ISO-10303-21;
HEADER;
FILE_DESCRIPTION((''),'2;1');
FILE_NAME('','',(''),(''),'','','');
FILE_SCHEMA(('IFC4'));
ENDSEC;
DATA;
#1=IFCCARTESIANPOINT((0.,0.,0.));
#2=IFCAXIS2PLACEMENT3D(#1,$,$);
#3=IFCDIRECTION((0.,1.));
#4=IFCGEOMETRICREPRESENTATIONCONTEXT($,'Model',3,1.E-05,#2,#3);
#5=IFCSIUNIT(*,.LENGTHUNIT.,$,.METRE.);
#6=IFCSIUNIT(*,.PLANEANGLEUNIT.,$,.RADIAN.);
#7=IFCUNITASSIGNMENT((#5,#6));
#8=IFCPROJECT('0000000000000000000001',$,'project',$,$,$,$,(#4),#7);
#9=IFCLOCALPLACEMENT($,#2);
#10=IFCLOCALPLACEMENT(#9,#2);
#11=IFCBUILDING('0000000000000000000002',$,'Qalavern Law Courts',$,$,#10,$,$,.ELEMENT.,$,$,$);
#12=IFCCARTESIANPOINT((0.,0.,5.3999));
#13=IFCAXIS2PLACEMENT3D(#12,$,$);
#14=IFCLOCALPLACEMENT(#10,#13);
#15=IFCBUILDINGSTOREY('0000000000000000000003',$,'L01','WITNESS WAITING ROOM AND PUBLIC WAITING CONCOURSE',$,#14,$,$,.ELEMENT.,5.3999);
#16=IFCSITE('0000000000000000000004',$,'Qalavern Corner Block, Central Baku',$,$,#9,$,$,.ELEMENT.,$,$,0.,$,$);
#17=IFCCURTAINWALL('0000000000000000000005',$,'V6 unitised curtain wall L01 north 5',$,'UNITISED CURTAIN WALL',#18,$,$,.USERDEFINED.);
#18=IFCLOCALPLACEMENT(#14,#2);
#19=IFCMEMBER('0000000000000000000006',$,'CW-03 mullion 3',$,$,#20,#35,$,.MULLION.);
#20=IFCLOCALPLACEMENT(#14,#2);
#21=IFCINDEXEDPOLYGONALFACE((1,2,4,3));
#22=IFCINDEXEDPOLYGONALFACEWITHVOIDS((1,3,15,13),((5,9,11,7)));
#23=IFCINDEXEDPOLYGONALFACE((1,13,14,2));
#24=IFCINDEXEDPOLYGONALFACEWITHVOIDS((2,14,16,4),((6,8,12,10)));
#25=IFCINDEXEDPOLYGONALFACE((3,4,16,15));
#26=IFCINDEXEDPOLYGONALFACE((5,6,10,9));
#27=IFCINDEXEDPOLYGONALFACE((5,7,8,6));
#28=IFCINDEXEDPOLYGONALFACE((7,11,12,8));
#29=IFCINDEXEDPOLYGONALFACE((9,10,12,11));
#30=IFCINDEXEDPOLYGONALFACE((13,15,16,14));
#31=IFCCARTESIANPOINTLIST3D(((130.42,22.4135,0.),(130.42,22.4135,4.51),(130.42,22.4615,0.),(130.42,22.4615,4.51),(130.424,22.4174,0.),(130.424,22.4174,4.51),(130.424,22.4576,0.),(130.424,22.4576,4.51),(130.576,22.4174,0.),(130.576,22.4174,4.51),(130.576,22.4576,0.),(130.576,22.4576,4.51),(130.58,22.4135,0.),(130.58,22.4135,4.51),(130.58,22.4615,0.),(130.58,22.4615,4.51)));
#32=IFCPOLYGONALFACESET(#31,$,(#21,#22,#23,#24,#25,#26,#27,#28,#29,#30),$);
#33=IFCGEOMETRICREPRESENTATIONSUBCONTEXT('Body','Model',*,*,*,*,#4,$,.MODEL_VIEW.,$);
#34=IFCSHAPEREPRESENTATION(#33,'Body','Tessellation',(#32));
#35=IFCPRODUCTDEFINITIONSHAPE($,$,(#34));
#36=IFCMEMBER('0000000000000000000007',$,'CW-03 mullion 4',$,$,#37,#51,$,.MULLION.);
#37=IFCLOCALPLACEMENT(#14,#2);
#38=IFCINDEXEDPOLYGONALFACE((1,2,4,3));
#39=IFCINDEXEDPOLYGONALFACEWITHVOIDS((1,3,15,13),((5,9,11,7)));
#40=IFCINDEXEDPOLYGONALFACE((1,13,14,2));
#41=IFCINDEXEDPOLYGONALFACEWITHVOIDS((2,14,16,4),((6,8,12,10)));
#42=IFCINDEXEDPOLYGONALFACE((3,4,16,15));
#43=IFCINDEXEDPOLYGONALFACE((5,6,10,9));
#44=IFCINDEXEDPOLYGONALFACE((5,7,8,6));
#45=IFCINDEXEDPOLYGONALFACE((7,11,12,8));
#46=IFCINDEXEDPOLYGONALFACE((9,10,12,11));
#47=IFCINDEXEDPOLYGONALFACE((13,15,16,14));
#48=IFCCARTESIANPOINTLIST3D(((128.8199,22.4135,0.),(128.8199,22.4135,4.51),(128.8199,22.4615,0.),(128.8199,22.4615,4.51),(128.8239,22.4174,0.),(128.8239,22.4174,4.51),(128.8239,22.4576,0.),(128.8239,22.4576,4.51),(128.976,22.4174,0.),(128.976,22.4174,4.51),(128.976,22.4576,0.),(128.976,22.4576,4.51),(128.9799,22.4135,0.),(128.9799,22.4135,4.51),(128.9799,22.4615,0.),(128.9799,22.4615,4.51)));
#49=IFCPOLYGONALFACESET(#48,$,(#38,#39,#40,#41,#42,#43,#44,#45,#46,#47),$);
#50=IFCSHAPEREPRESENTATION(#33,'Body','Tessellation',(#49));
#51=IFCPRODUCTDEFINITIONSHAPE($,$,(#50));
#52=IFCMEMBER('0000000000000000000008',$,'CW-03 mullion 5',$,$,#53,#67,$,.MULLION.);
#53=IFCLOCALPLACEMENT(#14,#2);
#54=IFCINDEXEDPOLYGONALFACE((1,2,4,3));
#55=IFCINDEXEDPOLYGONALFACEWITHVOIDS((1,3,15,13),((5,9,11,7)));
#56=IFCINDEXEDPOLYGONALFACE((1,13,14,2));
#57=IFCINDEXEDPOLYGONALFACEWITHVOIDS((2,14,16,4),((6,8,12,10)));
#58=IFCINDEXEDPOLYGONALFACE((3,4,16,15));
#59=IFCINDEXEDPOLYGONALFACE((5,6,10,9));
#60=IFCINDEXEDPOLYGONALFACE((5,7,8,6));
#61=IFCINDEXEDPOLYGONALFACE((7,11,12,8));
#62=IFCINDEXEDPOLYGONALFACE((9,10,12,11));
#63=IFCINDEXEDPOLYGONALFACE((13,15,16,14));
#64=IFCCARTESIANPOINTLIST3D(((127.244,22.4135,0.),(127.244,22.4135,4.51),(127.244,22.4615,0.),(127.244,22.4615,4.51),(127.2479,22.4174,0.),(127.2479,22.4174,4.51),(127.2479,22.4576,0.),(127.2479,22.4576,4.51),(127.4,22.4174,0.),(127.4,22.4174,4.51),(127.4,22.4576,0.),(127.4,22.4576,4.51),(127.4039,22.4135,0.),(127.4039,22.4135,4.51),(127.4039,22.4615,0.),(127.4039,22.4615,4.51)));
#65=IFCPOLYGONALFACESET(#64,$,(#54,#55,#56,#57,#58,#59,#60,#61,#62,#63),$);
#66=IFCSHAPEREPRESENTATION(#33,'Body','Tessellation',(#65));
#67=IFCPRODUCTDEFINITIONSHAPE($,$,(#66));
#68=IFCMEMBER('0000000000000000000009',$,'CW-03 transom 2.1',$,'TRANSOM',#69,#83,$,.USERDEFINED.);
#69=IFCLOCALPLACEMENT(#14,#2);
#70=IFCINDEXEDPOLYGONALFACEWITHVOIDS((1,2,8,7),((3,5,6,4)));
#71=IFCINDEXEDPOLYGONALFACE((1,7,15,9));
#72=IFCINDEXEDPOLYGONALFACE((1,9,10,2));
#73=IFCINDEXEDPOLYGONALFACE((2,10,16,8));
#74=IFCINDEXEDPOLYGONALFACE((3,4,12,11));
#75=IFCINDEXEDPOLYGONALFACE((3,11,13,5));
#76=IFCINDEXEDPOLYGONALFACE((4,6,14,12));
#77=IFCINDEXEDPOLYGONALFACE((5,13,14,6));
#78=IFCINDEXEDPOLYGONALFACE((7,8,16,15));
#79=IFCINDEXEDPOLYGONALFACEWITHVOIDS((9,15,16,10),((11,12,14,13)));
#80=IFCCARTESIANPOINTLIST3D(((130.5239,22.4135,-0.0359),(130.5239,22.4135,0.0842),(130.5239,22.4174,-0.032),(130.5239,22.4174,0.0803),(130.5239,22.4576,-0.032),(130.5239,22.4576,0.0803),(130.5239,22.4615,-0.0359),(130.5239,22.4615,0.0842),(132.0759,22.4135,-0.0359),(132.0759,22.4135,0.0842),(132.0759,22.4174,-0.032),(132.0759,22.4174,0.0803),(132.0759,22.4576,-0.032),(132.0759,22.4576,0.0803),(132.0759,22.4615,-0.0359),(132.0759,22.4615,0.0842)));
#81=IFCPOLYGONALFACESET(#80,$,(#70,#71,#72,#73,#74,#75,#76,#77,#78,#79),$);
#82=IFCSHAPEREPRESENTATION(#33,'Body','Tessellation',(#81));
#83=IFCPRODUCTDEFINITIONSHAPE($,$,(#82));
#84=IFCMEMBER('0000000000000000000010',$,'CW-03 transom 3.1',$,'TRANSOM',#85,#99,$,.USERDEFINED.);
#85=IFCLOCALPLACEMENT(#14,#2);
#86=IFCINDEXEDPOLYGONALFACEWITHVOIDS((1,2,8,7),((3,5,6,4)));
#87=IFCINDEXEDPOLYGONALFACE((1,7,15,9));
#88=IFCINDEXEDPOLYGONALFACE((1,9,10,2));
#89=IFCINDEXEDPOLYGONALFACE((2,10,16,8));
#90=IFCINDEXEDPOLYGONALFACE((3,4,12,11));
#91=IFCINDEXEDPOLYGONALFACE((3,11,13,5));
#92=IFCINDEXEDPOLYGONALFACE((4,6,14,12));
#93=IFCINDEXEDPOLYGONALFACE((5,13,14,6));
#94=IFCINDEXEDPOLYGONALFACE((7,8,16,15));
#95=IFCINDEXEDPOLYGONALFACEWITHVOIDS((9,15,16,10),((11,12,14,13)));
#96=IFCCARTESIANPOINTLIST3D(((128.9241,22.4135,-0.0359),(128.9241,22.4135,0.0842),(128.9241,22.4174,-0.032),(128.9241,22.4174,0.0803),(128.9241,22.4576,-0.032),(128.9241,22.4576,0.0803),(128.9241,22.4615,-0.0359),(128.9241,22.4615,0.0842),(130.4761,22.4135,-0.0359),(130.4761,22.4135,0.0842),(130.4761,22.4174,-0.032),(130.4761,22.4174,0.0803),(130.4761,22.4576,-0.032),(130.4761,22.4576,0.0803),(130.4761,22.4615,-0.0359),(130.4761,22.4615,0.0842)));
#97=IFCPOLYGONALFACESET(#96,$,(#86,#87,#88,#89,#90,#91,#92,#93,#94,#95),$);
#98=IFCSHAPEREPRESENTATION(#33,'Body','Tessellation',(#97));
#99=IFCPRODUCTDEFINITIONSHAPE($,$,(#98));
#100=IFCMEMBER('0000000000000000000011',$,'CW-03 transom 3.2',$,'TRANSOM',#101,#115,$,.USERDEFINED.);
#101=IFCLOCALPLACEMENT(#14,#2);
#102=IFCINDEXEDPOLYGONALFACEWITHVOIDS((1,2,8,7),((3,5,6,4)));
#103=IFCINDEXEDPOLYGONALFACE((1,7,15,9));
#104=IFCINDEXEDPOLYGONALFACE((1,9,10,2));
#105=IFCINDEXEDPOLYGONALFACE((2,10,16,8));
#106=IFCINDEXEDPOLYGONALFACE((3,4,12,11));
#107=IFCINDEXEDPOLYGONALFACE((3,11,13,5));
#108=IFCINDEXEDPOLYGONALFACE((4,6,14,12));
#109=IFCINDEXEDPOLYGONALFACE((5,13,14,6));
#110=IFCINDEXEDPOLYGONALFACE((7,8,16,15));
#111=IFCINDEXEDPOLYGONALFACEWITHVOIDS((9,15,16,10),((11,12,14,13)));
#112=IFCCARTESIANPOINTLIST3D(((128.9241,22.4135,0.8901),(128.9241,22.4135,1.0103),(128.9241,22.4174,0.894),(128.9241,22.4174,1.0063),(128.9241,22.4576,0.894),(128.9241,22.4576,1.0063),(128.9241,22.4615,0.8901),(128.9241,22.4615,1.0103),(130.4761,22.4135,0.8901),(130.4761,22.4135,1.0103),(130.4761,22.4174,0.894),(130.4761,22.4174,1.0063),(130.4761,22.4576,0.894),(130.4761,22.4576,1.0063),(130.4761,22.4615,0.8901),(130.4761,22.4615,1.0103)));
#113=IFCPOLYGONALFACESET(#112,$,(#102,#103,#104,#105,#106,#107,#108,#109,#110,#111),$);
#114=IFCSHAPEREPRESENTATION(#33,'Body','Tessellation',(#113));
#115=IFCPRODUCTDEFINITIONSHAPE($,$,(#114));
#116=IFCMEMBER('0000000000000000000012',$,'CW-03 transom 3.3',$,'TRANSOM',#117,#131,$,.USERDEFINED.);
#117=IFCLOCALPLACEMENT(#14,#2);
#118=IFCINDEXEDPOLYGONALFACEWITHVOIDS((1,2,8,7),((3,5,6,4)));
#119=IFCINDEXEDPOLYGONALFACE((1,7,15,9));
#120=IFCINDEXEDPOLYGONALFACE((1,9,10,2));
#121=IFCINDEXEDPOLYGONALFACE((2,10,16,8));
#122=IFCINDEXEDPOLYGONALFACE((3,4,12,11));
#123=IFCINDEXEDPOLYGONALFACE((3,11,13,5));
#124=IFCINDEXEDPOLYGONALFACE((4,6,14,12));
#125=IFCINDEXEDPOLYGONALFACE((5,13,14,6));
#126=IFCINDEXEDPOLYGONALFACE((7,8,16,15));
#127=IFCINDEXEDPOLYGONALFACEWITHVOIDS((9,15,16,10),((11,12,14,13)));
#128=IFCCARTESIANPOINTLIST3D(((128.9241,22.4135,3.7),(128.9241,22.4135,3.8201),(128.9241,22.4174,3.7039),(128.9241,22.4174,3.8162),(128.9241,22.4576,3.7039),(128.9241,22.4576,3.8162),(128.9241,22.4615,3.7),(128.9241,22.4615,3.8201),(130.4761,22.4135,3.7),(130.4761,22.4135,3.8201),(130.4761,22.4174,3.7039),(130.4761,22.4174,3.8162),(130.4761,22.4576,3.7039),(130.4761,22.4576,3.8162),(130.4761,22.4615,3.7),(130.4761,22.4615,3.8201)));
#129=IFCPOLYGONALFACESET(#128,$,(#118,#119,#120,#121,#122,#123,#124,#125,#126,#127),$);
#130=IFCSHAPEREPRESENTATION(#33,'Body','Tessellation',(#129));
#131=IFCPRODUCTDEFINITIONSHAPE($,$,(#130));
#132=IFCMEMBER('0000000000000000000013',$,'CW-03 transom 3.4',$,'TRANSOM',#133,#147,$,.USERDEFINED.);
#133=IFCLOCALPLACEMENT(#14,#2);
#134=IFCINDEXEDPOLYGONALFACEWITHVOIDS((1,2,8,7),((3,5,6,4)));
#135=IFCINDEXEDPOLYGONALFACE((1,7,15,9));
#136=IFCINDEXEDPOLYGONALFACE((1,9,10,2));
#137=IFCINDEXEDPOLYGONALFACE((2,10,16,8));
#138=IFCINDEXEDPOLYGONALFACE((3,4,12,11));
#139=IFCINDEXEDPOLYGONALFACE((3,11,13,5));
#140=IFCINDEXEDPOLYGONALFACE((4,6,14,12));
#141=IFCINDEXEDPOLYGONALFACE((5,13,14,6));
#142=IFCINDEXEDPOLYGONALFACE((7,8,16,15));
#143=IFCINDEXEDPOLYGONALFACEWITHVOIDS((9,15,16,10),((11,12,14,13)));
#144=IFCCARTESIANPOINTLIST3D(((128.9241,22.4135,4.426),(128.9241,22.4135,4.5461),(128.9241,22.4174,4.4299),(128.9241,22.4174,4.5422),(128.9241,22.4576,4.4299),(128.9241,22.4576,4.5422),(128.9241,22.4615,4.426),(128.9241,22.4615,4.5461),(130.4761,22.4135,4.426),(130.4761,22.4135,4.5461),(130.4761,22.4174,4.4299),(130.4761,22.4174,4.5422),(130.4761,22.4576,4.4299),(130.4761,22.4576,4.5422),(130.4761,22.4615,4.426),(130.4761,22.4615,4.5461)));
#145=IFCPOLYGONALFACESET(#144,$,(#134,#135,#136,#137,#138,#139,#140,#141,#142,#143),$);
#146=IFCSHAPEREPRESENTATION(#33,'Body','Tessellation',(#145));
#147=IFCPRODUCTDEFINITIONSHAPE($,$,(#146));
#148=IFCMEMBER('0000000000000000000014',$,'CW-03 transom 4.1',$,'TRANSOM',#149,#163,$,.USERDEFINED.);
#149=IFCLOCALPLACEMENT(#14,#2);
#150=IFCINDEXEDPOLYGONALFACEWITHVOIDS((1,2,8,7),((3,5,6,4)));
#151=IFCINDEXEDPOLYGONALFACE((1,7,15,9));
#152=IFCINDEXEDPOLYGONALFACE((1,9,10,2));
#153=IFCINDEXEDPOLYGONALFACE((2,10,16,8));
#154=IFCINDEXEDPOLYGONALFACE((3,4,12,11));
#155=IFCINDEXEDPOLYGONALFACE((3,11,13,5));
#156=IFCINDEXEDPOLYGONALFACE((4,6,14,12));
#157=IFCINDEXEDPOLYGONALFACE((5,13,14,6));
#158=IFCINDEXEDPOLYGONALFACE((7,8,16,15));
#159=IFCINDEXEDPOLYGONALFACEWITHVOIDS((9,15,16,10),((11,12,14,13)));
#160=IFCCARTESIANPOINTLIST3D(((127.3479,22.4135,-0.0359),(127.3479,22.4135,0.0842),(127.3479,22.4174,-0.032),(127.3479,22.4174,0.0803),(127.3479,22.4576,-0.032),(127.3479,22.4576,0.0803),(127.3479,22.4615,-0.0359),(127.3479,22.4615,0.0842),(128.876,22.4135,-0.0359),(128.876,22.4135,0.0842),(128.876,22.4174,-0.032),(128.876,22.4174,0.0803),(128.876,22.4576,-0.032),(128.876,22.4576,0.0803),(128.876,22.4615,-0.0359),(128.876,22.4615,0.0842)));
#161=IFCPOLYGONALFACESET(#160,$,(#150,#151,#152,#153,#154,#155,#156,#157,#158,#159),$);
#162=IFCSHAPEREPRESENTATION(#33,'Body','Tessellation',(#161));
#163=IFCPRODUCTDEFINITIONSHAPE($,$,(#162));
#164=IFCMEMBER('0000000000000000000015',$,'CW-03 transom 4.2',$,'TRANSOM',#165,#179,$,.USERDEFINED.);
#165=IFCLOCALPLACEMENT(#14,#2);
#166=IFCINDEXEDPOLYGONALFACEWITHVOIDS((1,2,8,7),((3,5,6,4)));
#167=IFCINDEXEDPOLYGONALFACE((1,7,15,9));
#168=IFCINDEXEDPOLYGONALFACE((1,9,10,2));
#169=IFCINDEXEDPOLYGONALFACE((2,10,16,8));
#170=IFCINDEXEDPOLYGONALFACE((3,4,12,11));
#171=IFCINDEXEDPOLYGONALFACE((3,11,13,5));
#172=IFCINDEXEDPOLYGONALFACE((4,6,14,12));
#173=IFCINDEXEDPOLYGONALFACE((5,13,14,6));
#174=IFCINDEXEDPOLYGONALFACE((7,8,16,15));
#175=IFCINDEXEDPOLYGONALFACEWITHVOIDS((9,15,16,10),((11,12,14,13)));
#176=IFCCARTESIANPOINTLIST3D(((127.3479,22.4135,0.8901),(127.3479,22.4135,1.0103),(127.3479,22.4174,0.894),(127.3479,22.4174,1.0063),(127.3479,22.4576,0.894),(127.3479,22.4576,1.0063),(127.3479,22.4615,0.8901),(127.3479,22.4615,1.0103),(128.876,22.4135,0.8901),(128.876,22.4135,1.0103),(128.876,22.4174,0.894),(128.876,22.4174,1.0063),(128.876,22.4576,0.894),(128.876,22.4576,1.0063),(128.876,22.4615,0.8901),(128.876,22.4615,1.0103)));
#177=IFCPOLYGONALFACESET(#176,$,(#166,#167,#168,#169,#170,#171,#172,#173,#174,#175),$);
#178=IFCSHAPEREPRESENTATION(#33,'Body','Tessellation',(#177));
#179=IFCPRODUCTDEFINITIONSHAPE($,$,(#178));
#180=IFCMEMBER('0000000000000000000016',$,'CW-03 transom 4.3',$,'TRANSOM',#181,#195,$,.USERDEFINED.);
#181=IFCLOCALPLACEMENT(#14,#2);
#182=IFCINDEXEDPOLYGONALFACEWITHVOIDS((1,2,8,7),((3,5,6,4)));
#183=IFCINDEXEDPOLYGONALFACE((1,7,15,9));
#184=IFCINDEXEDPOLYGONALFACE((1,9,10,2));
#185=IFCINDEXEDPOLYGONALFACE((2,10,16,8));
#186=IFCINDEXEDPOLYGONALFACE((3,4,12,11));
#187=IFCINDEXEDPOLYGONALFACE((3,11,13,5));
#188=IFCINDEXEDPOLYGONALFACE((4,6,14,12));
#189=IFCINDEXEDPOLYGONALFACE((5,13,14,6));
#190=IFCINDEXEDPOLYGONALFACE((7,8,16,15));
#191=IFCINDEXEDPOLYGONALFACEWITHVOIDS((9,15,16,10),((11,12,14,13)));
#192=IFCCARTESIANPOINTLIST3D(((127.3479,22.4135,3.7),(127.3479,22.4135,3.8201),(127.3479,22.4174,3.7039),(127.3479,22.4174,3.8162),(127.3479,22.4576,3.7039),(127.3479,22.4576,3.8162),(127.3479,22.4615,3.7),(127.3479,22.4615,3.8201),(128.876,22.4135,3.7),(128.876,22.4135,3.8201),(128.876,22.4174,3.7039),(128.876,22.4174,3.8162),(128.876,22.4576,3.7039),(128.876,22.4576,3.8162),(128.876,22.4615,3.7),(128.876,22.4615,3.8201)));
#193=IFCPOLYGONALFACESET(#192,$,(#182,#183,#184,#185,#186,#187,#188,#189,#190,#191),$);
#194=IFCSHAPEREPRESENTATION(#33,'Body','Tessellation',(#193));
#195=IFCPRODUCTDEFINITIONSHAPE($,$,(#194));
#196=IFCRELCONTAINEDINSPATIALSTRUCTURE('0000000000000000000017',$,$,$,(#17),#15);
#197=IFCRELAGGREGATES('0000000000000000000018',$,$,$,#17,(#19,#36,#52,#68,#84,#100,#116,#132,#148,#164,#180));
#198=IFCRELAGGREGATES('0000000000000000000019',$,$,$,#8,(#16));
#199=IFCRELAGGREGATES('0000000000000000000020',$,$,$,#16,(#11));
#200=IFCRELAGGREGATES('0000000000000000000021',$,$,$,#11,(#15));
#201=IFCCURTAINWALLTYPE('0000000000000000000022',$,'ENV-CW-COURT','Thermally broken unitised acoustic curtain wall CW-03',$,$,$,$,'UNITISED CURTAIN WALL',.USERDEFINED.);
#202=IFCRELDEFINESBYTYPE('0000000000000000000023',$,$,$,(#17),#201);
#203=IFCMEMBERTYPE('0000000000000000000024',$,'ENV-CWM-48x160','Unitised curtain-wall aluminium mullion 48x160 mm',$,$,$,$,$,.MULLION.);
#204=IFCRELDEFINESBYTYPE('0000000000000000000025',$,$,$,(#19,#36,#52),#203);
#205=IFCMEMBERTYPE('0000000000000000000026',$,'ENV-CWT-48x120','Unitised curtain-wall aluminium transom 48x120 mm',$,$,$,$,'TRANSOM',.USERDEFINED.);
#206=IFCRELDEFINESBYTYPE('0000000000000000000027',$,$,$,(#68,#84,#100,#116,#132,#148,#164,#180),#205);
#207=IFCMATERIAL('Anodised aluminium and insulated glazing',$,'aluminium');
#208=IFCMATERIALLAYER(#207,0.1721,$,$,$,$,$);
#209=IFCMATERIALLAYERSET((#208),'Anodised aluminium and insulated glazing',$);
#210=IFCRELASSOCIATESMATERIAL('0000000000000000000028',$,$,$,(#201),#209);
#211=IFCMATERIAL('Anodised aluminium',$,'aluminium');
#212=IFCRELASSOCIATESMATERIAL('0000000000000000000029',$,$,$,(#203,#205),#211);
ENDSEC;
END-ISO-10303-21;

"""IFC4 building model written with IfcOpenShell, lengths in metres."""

from ifc_helpers import new_model, si_unit, direction, frame, origin, origin_2d, place, context, subcontext, project, spatial, hollow_rectangle, extrude, material, layer, layer_set, material_profile, profile_set, type_object, element, aggregate, save


model = new_model("IFC4")

# Units and contexts
model_context = context("Model", 3, precision=1e-05, world=origin(), true_north=direction((0.0, 1.0)))
body_context = subcontext(model_context, "Body", "Model", "MODEL_VIEW")
ifc_project = project(units=[si_unit("LENGTHUNIT", "METRE"), si_unit("PLANEANGLEUNIT", "RADIAN")], contexts=[model_context])

# Site, building, storey
site_placement = place(None, origin())
site = spatial("IfcSite", under=ifc_project, at=site_placement, Name="Qalavern Corner Block, Central Baku", CompositionType="ELEMENT", RefElevation=0.0)
building_placement = place(site_placement, origin())
building = spatial("IfcBuilding", under=site, at=building_placement, Name="Qalavern Law Courts", CompositionType="ELEMENT")
storey_placement = place(building_placement, frame((0.0, 0.0, 5.3999)))
storey = spatial("IfcBuildingStorey", under=building, at=storey_placement, Name="L01", Description="WITNESS WAITING ROOM AND PUBLIC WAITING CONCOURSE", CompositionType="ELEMENT", Elevation=5.3999)

# Curtain wall, members
ifc_material_1 = material(Name="Anodised aluminium and insulated glazing", Category="aluminium")
ifc_layer_1 = layer(ifc_material_1, 0.1721)
ifc_layer_set_1 = layer_set([ifc_layer_1], Name="Anodised aluminium and insulated glazing")
curtain_wall_type = type_object("IfcCurtainWallType", Name="ENV-CW-COURT", Description="Thermally broken unitised acoustic curtain wall CW-03", ElementType="UNITISED CURTAIN WALL", PredefinedType="USERDEFINED", material=ifc_layer_set_1)
curtain_wall_placement = place(storey_placement, origin())
curtain_wall = element("IfcCurtainWall", 1, at=curtain_wall_placement, inside=storey, type_object=curtain_wall_type, Name="V6 unitised curtain wall L01 north 5", ObjectType="UNITISED CURTAIN WALL", PredefinedType="USERDEFINED")
ifc_material_2 = material(Name="Anodised aluminium", Category="aluminium")
ifc_material_profile_1 = material_profile(ifc_material_2, hollow_rectangle(XDim=0.0481, YDim=0.1599, WallThickness=0.0039, at=origin_2d()), Name="ALU MULLION 48x160")
ifc_profile_set_1 = profile_set([ifc_material_profile_1], Name="Anodised aluminium")
member_type_1 = type_object("IfcMemberType", Name="ENV-CWM-48x160", Description="Unitised curtain-wall aluminium mullion 48x160 mm", PredefinedType="MULLION", material=ifc_profile_set_1)
member_1_placement = place(storey_placement, frame((130.5, 22.4375, 0.0), z_axis=(0.0, 0.0, 1.0), x_axis=(0.0, -1.0, 0.0)))
member_1 = element("IfcMember", 2, at=member_1_placement, type_object=member_type_1, Name="CW-03 mullion 3", PredefinedType="MULLION", context=body_context, shape_type="SweptSolid", body=[
    extrude(hollow_rectangle(XDim=0.0481, YDim=0.1599, WallThickness=0.0039, at=origin_2d()), origin(), (0.0, 0.0, 1.0), 4.51),
])
member_2_placement = place(storey_placement, frame((128.8999, 22.4375, 0.0), z_axis=(0.0, 0.0, 1.0), x_axis=(0.0, -1.0, 0.0)))
member_2 = element("IfcMember", 3, at=member_2_placement, type_object=member_type_1, Name="CW-03 mullion 4", PredefinedType="MULLION", context=body_context, shape_type="SweptSolid", body=[
    extrude(hollow_rectangle(XDim=0.0481, YDim=0.1599, WallThickness=0.0039, at=origin_2d()), origin(), (0.0, 0.0, 1.0), 4.51),
])
member_3_placement = place(storey_placement, frame((127.324, 22.4375, 0.0), z_axis=(0.0, 0.0, 1.0), x_axis=(0.0, -1.0, 0.0)))
member_3 = element("IfcMember", 4, at=member_3_placement, type_object=member_type_1, Name="CW-03 mullion 5", PredefinedType="MULLION", context=body_context, shape_type="SweptSolid", body=[
    extrude(hollow_rectangle(XDim=0.0481, YDim=0.1599, WallThickness=0.0039, at=origin_2d()), origin(), (0.0, 0.0, 1.0), 4.51),
])
ifc_material_profile_2 = material_profile(ifc_material_2, hollow_rectangle(XDim=0.0481, YDim=0.1201, WallThickness=0.0039, at=origin_2d()), Name="ALU TRANSOM 48x120")
ifc_profile_set_2 = profile_set([ifc_material_profile_2], Name="Anodised aluminium")
member_type_2 = type_object("IfcMemberType", Name="ENV-CWT-48x120", Description="Unitised curtain-wall aluminium transom 48x120 mm", ElementType="TRANSOM", PredefinedType="USERDEFINED", material=ifc_profile_set_2)
member_4_placement = place(storey_placement, frame((132.0759, 22.4375, 0.0242), z_axis=(-1.0, 0.0, 0.0), x_axis=(0.0, -1.0, 0.0)))
member_4 = element("IfcMember", 5, at=member_4_placement, type_object=member_type_2, Name="CW-03 transom 2.1", ObjectType="TRANSOM", PredefinedType="USERDEFINED", context=body_context, shape_type="SweptSolid", body=[
    extrude(hollow_rectangle(XDim=0.0481, YDim=0.1201, WallThickness=0.0039, at=origin_2d()), origin(), (0.0, 0.0, 1.0), 1.552),
])
member_5_placement = place(storey_placement, frame((130.4761, 22.4375, 0.0242), z_axis=(-1.0, 0.0, 0.0), x_axis=(0.0, -1.0, 0.0)))
member_5 = element("IfcMember", 6, at=member_5_placement, type_object=member_type_2, Name="CW-03 transom 3.1", ObjectType="TRANSOM", PredefinedType="USERDEFINED", context=body_context, shape_type="SweptSolid", body=[
    extrude(hollow_rectangle(XDim=0.0481, YDim=0.1201, WallThickness=0.0039, at=origin_2d()), origin(), (0.0, 0.0, 1.0), 1.552),
])
member_6_placement = place(storey_placement, frame((130.4761, 22.4375, 0.9502), z_axis=(-1.0, 0.0, 0.0), x_axis=(0.0, -1.0, 0.0)))
member_6 = element("IfcMember", 7, at=member_6_placement, type_object=member_type_2, Name="CW-03 transom 3.2", ObjectType="TRANSOM", PredefinedType="USERDEFINED", context=body_context, shape_type="SweptSolid", body=[
    extrude(hollow_rectangle(XDim=0.0481, YDim=0.1201, WallThickness=0.0039, at=origin_2d()), origin(), (0.0, 0.0, 1.0), 1.552),
])
member_7_placement = place(storey_placement, frame((130.4761, 22.4375, 3.76), z_axis=(-1.0, 0.0, 0.0), x_axis=(0.0, -1.0, 0.0)))
member_7 = element("IfcMember", 8, at=member_7_placement, type_object=member_type_2, Name="CW-03 transom 3.3", ObjectType="TRANSOM", PredefinedType="USERDEFINED", context=body_context, shape_type="SweptSolid", body=[
    extrude(hollow_rectangle(XDim=0.0481, YDim=0.1201, WallThickness=0.0039, at=origin_2d()), origin(), (0.0, 0.0, 1.0), 1.552),
])
member_8_placement = place(storey_placement, frame((130.4761, 22.4375, 4.4861), z_axis=(-1.0, 0.0, 0.0), x_axis=(0.0, -1.0, 0.0)))
member_8 = element("IfcMember", 9, at=member_8_placement, type_object=member_type_2, Name="CW-03 transom 3.4", ObjectType="TRANSOM", PredefinedType="USERDEFINED", context=body_context, shape_type="SweptSolid", body=[
    extrude(hollow_rectangle(XDim=0.0481, YDim=0.1201, WallThickness=0.0039, at=origin_2d()), origin(), (0.0, 0.0, 1.0), 1.552),
])
member_9_placement = place(storey_placement, frame((128.876, 22.4375, 0.0242), z_axis=(-1.0, 0.0, 0.0), x_axis=(0.0, -1.0, 0.0)))
member_9 = element("IfcMember", 10, at=member_9_placement, type_object=member_type_2, Name="CW-03 transom 4.1", ObjectType="TRANSOM", PredefinedType="USERDEFINED", context=body_context, shape_type="SweptSolid", body=[
    extrude(hollow_rectangle(XDim=0.0481, YDim=0.1201, WallThickness=0.0039, at=origin_2d()), origin(), (0.0, 0.0, 1.0), 1.5281),
])
member_10_placement = place(storey_placement, frame((128.876, 22.4375, 0.9502), z_axis=(-1.0, 0.0, 0.0), x_axis=(0.0, -1.0, 0.0)))
member_10 = element("IfcMember", 11, at=member_10_placement, type_object=member_type_2, Name="CW-03 transom 4.2", ObjectType="TRANSOM", PredefinedType="USERDEFINED", context=body_context, shape_type="SweptSolid", body=[
    extrude(hollow_rectangle(XDim=0.0481, YDim=0.1201, WallThickness=0.0039, at=origin_2d()), origin(), (0.0, 0.0, 1.0), 1.5281),
])
member_11_placement = place(storey_placement, frame((128.876, 22.4375, 3.76), z_axis=(-1.0, 0.0, 0.0), x_axis=(0.0, -1.0, 0.0)))
member_11 = element("IfcMember", 12, at=member_11_placement, type_object=member_type_2, Name="CW-03 transom 4.3", ObjectType="TRANSOM", PredefinedType="USERDEFINED", context=body_context, shape_type="SweptSolid", body=[
    extrude(hollow_rectangle(XDim=0.0481, YDim=0.1201, WallThickness=0.0039, at=origin_2d()), origin(), (0.0, 0.0, 1.0), 1.5281),
])
aggregate(curtain_wall, [member_1, member_2, member_3, member_4, member_5, member_6, member_7, member_8, member_9, member_10, member_11])

save(model, "model.ifc")
